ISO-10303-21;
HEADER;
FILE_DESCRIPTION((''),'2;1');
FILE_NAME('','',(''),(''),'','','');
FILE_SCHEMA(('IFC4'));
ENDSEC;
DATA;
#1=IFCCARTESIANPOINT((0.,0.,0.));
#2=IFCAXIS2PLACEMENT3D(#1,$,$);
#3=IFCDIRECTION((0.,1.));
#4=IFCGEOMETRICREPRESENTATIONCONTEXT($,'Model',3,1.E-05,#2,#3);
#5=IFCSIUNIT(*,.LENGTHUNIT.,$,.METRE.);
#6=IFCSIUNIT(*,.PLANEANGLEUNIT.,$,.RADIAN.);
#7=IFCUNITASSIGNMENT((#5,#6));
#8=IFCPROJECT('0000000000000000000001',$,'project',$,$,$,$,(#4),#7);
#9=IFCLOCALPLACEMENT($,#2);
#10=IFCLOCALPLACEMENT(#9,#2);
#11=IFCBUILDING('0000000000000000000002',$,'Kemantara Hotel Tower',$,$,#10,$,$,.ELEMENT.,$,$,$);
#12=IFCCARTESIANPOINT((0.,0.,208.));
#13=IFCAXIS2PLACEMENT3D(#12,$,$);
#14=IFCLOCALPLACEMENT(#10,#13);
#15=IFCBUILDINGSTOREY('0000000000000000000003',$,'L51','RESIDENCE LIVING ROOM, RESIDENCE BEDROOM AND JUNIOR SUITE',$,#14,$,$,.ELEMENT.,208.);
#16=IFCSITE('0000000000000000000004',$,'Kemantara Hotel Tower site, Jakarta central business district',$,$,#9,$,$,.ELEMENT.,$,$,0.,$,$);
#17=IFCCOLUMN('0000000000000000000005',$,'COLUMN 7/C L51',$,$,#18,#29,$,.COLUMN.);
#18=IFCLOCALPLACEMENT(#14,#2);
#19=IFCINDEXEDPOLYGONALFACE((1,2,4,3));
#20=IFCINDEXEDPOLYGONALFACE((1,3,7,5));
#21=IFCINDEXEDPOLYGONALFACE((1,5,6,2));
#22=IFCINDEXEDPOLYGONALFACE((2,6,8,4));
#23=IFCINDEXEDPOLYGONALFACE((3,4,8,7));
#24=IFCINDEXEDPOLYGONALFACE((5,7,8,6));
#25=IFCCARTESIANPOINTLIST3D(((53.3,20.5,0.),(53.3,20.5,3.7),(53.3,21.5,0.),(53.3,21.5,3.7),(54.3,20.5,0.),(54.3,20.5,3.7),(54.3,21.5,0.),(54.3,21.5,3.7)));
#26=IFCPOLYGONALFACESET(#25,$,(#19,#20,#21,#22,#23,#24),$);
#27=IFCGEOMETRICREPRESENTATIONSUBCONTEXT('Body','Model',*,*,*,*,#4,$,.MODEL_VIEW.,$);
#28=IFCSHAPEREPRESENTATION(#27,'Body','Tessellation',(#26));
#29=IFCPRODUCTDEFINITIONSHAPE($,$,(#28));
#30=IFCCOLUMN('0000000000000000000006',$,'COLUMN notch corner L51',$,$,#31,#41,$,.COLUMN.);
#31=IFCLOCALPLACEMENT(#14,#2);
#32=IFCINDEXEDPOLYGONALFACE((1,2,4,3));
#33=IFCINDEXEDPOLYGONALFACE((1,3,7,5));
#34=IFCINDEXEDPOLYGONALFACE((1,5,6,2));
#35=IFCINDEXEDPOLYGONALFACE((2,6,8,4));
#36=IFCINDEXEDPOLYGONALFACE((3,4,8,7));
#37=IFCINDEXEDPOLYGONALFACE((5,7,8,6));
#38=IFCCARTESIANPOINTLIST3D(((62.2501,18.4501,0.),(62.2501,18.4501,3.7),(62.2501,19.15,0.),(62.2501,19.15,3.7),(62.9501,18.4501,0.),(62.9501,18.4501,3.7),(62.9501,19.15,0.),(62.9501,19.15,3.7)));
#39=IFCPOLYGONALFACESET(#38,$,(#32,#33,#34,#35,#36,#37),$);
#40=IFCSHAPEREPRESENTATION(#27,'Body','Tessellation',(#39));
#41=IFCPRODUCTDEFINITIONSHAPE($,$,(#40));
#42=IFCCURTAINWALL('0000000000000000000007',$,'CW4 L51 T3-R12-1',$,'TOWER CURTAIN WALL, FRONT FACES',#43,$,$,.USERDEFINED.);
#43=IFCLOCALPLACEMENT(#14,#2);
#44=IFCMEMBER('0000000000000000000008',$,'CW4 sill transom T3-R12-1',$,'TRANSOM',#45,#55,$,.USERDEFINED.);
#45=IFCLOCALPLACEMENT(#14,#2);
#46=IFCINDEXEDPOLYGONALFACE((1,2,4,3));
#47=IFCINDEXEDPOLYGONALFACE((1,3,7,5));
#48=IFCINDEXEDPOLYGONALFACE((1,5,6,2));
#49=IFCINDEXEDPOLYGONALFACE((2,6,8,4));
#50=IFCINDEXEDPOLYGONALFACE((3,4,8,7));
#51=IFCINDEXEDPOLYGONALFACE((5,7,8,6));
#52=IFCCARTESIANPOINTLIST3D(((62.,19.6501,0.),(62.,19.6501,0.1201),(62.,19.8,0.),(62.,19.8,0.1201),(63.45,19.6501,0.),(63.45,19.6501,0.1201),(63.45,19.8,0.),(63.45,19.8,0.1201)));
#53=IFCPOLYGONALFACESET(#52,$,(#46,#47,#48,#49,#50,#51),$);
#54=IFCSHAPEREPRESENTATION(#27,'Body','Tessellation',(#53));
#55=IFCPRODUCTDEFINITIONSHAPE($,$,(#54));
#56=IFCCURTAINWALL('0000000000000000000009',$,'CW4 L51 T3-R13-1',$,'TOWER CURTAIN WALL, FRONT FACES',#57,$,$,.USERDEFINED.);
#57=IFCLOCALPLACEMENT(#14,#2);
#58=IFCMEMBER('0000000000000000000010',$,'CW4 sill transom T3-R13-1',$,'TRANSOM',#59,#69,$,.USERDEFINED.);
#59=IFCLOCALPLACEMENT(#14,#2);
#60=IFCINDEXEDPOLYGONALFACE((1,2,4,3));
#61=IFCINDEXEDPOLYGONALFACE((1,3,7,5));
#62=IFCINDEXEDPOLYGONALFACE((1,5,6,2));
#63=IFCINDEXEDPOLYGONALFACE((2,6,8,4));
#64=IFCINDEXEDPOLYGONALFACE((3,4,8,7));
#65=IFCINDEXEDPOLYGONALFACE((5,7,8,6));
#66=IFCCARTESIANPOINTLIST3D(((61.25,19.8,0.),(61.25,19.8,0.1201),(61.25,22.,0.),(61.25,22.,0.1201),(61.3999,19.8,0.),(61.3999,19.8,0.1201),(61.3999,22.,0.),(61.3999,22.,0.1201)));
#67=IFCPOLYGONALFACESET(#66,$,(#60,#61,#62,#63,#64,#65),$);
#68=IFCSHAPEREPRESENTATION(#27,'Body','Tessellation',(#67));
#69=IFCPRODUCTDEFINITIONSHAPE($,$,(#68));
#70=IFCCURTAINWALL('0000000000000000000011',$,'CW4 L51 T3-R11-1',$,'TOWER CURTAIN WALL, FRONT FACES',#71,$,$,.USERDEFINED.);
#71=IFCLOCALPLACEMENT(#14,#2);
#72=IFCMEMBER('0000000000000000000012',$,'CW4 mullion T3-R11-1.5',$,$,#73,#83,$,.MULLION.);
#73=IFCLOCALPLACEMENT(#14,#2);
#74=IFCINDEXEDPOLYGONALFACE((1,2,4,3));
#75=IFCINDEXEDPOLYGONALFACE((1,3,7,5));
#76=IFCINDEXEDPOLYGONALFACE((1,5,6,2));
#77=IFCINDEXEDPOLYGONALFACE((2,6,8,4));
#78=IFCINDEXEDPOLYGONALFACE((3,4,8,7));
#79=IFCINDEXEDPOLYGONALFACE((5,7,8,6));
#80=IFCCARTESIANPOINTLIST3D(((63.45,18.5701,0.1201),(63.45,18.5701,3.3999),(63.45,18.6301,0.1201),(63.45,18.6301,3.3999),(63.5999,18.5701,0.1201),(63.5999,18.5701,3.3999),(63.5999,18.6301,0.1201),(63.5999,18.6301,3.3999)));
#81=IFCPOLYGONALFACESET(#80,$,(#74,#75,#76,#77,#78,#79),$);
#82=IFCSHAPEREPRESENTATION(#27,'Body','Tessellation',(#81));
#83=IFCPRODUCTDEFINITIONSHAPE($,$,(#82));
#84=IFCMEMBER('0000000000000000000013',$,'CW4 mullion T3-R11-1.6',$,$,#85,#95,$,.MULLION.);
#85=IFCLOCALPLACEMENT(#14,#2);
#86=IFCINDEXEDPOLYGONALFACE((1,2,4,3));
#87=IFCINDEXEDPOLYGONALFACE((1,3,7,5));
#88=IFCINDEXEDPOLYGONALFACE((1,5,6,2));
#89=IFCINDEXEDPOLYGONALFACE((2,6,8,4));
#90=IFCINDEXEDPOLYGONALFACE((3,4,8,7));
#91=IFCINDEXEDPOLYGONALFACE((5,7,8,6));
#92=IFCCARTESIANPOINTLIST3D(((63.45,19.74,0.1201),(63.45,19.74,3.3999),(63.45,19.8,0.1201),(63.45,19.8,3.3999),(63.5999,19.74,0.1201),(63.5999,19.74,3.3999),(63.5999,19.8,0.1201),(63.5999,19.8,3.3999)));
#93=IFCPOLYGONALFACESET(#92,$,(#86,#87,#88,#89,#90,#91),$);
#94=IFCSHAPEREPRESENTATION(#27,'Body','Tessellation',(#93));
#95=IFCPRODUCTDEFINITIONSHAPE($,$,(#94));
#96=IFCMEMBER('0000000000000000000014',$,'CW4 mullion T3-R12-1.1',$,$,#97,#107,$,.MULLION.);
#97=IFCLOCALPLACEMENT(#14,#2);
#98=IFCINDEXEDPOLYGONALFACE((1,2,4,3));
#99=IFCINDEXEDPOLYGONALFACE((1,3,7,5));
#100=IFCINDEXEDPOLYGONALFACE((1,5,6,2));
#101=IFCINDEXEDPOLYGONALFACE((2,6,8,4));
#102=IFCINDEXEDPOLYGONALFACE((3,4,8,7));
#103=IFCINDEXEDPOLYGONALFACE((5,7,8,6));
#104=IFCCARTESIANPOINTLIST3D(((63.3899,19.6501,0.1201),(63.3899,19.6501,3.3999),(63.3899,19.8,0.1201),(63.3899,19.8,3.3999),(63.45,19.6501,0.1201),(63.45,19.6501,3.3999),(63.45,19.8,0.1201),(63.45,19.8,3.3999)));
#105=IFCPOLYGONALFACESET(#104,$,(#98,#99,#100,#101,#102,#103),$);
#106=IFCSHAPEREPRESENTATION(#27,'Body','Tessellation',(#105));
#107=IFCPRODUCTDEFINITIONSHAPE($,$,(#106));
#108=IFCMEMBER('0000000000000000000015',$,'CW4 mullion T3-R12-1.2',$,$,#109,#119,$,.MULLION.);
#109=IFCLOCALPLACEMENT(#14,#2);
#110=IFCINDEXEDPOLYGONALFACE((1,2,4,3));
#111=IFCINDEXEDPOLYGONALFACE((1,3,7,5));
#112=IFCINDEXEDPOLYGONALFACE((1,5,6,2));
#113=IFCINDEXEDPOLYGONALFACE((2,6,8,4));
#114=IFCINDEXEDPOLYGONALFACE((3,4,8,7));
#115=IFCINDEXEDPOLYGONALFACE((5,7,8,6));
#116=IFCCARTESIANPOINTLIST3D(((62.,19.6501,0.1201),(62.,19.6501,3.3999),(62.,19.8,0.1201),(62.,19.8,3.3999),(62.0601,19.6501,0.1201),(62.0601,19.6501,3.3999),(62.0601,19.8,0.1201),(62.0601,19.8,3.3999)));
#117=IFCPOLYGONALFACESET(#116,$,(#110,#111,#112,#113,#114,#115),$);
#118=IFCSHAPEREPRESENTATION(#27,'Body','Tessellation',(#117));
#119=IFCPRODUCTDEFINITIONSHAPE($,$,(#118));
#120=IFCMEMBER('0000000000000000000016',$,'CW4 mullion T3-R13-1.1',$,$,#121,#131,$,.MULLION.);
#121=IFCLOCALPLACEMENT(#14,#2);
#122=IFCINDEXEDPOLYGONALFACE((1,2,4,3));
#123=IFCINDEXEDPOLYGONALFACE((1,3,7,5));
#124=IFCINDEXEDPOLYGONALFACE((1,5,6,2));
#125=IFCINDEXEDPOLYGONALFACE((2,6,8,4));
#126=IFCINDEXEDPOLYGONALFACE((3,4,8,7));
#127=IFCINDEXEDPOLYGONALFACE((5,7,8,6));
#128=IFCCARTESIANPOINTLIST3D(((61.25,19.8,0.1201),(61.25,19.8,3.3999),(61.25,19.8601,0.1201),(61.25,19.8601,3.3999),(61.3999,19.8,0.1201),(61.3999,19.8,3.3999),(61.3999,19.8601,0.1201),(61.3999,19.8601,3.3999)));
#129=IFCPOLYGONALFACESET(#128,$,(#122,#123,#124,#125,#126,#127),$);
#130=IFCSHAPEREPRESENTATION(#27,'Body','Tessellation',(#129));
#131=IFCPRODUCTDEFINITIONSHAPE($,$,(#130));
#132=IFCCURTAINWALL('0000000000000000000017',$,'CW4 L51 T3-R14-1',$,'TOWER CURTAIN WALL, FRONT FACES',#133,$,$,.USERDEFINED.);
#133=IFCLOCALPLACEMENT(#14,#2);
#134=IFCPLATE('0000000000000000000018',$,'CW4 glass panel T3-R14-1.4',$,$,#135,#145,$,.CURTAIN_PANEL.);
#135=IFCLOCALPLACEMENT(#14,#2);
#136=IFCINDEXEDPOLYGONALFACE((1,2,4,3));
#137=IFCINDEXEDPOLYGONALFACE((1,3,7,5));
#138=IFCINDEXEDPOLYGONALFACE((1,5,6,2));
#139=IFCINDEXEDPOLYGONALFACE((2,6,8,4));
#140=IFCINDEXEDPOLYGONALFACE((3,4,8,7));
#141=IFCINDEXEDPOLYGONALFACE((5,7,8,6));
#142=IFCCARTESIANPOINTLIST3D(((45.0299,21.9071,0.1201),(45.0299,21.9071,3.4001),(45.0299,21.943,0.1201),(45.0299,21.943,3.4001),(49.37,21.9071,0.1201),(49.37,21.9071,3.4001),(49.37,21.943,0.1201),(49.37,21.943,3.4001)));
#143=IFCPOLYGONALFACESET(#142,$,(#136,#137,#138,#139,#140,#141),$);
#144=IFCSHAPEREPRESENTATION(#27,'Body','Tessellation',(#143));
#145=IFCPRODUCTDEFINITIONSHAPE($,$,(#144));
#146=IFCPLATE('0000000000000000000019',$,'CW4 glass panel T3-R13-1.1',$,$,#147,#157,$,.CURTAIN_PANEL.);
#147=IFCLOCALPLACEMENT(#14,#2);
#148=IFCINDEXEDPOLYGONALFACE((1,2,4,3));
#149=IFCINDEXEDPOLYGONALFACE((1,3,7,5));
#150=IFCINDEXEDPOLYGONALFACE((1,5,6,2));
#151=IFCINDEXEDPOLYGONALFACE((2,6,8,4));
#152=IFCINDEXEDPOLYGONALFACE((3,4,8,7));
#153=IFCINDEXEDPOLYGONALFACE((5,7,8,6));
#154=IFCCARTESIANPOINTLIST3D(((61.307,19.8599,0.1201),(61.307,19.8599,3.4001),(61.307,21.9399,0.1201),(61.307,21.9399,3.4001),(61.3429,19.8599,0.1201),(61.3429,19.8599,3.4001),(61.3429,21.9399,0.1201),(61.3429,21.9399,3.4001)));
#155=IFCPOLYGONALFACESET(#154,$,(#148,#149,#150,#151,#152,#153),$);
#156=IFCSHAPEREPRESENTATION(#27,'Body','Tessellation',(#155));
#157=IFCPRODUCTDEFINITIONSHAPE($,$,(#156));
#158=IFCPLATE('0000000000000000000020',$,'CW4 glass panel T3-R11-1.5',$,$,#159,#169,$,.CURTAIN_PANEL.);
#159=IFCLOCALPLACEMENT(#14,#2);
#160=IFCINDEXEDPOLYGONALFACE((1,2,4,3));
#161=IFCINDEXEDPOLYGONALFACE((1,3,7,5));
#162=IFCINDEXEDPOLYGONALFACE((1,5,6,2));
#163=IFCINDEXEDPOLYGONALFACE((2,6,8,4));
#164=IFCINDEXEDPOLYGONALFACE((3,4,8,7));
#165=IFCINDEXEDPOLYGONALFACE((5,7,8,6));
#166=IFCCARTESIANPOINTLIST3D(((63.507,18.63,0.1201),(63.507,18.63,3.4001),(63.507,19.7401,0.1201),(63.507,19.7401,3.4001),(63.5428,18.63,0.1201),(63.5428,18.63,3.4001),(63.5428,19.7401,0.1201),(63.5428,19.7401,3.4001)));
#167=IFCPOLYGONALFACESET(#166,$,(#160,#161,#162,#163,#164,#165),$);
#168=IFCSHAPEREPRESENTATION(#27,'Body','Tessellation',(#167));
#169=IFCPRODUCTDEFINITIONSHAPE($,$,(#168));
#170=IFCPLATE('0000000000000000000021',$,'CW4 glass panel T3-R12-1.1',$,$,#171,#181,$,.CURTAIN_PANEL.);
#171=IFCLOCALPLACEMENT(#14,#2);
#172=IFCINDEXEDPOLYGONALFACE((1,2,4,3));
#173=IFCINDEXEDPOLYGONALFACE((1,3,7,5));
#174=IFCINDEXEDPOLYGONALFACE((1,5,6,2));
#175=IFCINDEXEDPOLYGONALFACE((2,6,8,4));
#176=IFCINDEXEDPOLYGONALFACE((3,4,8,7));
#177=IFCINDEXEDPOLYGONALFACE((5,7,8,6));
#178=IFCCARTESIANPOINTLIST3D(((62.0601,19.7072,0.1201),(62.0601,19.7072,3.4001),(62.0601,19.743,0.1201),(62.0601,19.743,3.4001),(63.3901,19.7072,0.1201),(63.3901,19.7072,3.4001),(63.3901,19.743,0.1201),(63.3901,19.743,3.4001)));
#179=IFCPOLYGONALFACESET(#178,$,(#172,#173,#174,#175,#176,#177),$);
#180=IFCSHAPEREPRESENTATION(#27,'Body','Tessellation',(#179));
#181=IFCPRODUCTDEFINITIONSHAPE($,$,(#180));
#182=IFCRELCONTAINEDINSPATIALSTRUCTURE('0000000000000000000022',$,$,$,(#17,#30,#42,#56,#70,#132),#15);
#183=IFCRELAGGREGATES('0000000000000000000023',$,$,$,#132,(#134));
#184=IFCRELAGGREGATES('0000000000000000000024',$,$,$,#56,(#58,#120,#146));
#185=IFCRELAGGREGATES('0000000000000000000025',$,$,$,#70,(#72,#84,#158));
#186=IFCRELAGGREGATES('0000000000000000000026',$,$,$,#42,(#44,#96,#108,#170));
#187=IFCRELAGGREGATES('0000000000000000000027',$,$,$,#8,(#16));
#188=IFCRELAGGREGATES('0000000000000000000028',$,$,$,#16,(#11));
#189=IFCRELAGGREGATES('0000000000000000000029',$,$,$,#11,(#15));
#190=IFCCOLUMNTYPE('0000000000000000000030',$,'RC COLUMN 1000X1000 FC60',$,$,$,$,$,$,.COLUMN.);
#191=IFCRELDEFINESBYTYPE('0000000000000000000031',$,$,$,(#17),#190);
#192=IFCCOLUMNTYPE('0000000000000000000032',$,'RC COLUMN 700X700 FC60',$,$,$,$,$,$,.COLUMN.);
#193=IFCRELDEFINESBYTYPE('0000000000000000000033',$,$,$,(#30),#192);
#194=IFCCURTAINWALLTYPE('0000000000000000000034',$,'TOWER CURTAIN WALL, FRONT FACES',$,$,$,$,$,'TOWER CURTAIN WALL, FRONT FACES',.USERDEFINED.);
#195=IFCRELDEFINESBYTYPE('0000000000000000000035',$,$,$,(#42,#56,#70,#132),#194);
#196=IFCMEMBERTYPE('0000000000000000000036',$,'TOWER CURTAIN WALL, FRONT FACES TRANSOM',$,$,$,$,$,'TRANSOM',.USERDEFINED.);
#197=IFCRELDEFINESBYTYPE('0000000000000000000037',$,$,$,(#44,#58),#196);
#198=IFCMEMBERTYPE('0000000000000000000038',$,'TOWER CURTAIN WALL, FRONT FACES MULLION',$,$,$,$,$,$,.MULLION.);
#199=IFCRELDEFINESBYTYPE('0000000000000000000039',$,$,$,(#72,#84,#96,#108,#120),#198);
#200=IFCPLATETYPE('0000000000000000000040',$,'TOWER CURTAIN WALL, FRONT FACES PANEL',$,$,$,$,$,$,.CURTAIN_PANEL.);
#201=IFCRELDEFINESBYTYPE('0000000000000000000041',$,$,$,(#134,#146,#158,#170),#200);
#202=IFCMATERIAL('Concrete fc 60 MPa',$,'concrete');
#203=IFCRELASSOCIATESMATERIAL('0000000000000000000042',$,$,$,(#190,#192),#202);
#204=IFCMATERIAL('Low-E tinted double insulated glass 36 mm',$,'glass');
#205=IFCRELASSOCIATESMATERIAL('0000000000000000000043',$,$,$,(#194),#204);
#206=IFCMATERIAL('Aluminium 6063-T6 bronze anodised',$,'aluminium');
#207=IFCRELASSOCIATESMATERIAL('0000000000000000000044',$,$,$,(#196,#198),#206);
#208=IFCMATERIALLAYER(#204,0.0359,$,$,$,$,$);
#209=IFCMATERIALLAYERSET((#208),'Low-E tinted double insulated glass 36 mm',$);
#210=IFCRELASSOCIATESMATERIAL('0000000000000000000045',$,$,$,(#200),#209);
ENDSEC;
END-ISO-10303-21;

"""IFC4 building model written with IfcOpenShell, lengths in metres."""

from ifc_helpers import new_model, si_unit, direction, frame, origin, origin_2d, place, context, subcontext, project, spatial, rectangle, extrude, source, transform, mapped, material, layer, layer_set, material_profile, profile_set, type_object, element, aggregate, save


model = new_model("IFC4")

# Units and contexts
model_context = context("Model", 3, precision=1e-05, world=origin(), true_north=direction((0.0, 1.0)))
body_context = subcontext(model_context, "Body", "Model", "MODEL_VIEW")
ifc_project = project(units=[si_unit("LENGTHUNIT", "METRE"), si_unit("PLANEANGLEUNIT", "RADIAN")], contexts=[model_context])

# Site, building, storey
site_placement = place(None, origin())
site = spatial("IfcSite", under=ifc_project, at=site_placement, Name="Kemantara Hotel Tower site, Jakarta central business district", CompositionType="ELEMENT", RefElevation=0.0)
building_placement = place(site_placement, origin())
building = spatial("IfcBuilding", under=site, at=building_placement, Name="Kemantara Hotel Tower", CompositionType="ELEMENT")
storey_placement = place(building_placement, frame((0.0, 0.0, 208.0)))
storey = spatial("IfcBuildingStorey", under=building, at=storey_placement, Name="L51", Description="RESIDENCE LIVING ROOM, RESIDENCE BEDROOM AND JUNIOR SUITE", CompositionType="ELEMENT", Elevation=208.0)

# Columns
ifc_material_1 = material(Name="Concrete fc 60 MPa", Category="concrete")
ifc_material_profile_1 = material_profile(ifc_material_1, rectangle(XDim=1.0, YDim=1.0, at=origin_2d()), Name="RC 1000X1000")
ifc_profile_set_1 = profile_set([ifc_material_profile_1], Name="Concrete fc 60 MPa")
column_type_1 = type_object("IfcColumnType", Name="RC COLUMN 1000X1000 FC60", PredefinedType="COLUMN", material=ifc_profile_set_1)
column_1_placement = place(storey_placement, frame((53.8, 21.0, 0.0), z_axis=(0.0, 0.0, 1.0), x_axis=(1.0, 0.0, 0.0)))
element("IfcColumn", 1, at=column_1_placement, inside=storey, type_object=column_type_1, Name="COLUMN 7/C L51", PredefinedType="COLUMN", context=body_context, shape_type="SweptSolid", body=[
    extrude(rectangle(XDim=1.0, YDim=1.0, at=origin_2d()), origin(), (0.0, 0.0, 1.0), 3.7),
])
ifc_material_profile_2 = material_profile(ifc_material_1, rectangle(XDim=0.7, YDim=0.7, at=origin_2d()), Name="RC 700X700")
ifc_profile_set_2 = profile_set([ifc_material_profile_2], Name="Concrete fc 60 MPa")
column_type_2 = type_object("IfcColumnType", Name="RC COLUMN 700X700 FC60", PredefinedType="COLUMN", material=ifc_profile_set_2)
column_2_placement = place(storey_placement, frame((62.6001, 18.8, 0.0), z_axis=(0.0, 0.0, 1.0), x_axis=(1.0, 0.0, 0.0)))
element("IfcColumn", 2, at=column_2_placement, inside=storey, type_object=column_type_2, Name="COLUMN notch corner L51", PredefinedType="COLUMN", context=body_context, shape_type="SweptSolid", body=[
    extrude(rectangle(XDim=0.7, YDim=0.7, at=origin_2d()), origin(), (0.0, 0.0, 1.0), 3.7),
])

# Curtain walls, members
ifc_material_2 = material(Name="Low-E tinted double insulated glass 36 mm", Category="glass")
curtain_wall_type = type_object("IfcCurtainWallType", Name="TOWER CURTAIN WALL, FRONT FACES", ElementType="TOWER CURTAIN WALL, FRONT FACES", PredefinedType="USERDEFINED", material=ifc_material_2)
curtain_wall_1_placement = place(storey_placement, origin())
curtain_wall_1 = element("IfcCurtainWall", 3, at=curtain_wall_1_placement, inside=storey, type_object=curtain_wall_type, Name="CW4 L51 T3-R12-1", ObjectType="TOWER CURTAIN WALL, FRONT FACES", PredefinedType="USERDEFINED")
ifc_material_3 = material(Name="Aluminium 6063-T6 bronze anodised", Category="aluminium")
ifc_material_profile_3 = material_profile(ifc_material_3, rectangle(XDim=0.1499, YDim=0.1201, at=origin_2d()), Name="TOWER CURTAIN WALL, FRONT FACES TRANSOM")
ifc_profile_set_3 = profile_set([ifc_material_profile_3], Name="Aluminium 6063-T6 bronze anodised")
member_type_1 = type_object("IfcMemberType", Name="TOWER CURTAIN WALL, FRONT FACES TRANSOM", ElementType="TRANSOM", PredefinedType="USERDEFINED", material=ifc_profile_set_3)
member_1_placement = place(storey_placement, frame((63.45, 19.7251, 0.0601), z_axis=(-1.0, 0.0, 0.0), x_axis=(0.0, -1.0, 0.0)))
member_1 = element("IfcMember", 4, at=member_1_placement, type_object=member_type_1, Name="CW4 sill transom T3-R12-1", ObjectType="TRANSOM", PredefinedType="USERDEFINED", context=body_context, shape_type="SweptSolid", body=[
    extrude(rectangle(XDim=0.1499, YDim=0.1201, at=origin_2d()), origin(), (0.0, 0.0, 1.0), 1.45),
])
curtain_wall_2_placement = place(storey_placement, origin())
curtain_wall_2 = element("IfcCurtainWall", 5, at=curtain_wall_2_placement, inside=storey, type_object=curtain_wall_type, Name="CW4 L51 T3-R13-1", ObjectType="TOWER CURTAIN WALL, FRONT FACES", PredefinedType="USERDEFINED")
member_2_placement = place(storey_placement, frame((61.325, 19.8, 0.0601), z_axis=(0.0, 1.0, 0.0), x_axis=(-1.0, 0.0, 0.0)))
member_2 = element("IfcMember", 6, at=member_2_placement, type_object=member_type_1, Name="CW4 sill transom T3-R13-1", ObjectType="TRANSOM", PredefinedType="USERDEFINED", context=body_context, shape_type="SweptSolid", body=[
    extrude(rectangle(XDim=0.1499, YDim=0.1201, at=origin_2d()), origin(), (0.0, 0.0, 1.0), 2.2),
])

# Curtain wall, members
curtain_wall_3_placement = place(storey_placement, origin())
curtain_wall_3 = element("IfcCurtainWall", 7, at=curtain_wall_3_placement, inside=storey, type_object=curtain_wall_type, Name="CW4 L51 T3-R11-1", ObjectType="TOWER CURTAIN WALL, FRONT FACES", PredefinedType="USERDEFINED")
ifc_material_profile_4 = material_profile(ifc_material_3, rectangle(XDim=0.1499, YDim=0.0601, at=origin_2d()), Name="TOWER CURTAIN WALL, FRONT FACES MULLION")
ifc_profile_set_4 = profile_set([ifc_material_profile_4], Name="Aluminium 6063-T6 bronze anodised")
member_type_2 = type_object("IfcMemberType", Name="TOWER CURTAIN WALL, FRONT FACES MULLION", PredefinedType="MULLION", material=ifc_profile_set_4)
shared_shape_1 = source(origin(), body_context, "Body", "SweptSolid", [
    extrude(rectangle(XDim=0.1499, YDim=0.0601, at=origin_2d()), origin(), (0.0, 0.0, 1.0), 3.2798),
])
member_3_placement = place(storey_placement, frame((63.5249, 18.6001, 0.1201), z_axis=(0.0, 0.0, 1.0), x_axis=(-1.0, 0.0, 0.0)))
member_3 = element("IfcMember", 8, at=member_3_placement, type_object=member_type_2, Name="CW4 mullion T3-R11-1.5", PredefinedType="MULLION", context=body_context, shape_type="MappedRepresentation", body=[
    mapped(shared_shape_1, transform((0.0, 0.0, 0.0))),
])
member_4_placement = place(storey_placement, frame((63.5249, 19.77, 0.1201), z_axis=(0.0, 0.0, 1.0), x_axis=(-1.0, 0.0, 0.0)))
member_4 = element("IfcMember", 9, at=member_4_placement, type_object=member_type_2, Name="CW4 mullion T3-R11-1.6", PredefinedType="MULLION", context=body_context, shape_type="MappedRepresentation", body=[
    mapped(shared_shape_1, transform((0.0, 0.0, 0.0))),
])

# Members
member_5_placement = place(storey_placement, frame((63.4199, 19.7251, 0.1201), z_axis=(0.0, 0.0, 1.0), x_axis=(0.0, -1.0, 0.0)))
member_5 = element("IfcMember", 10, at=member_5_placement, type_object=member_type_2, Name="CW4 mullion T3-R12-1.1", PredefinedType="MULLION", context=body_context, shape_type="MappedRepresentation", body=[
    mapped(shared_shape_1, transform((0.0, 0.0, 0.0))),
])
member_6_placement = place(storey_placement, frame((62.03, 19.7251, 0.1201), z_axis=(0.0, 0.0, 1.0), x_axis=(0.0, -1.0, 0.0)))
member_6 = element("IfcMember", 11, at=member_6_placement, type_object=member_type_2, Name="CW4 mullion T3-R12-1.2", PredefinedType="MULLION", context=body_context, shape_type="MappedRepresentation", body=[
    mapped(shared_shape_1, transform((0.0, 0.0, 0.0))),
])
member_7_placement = place(storey_placement, frame((61.325, 19.8301, 0.1201), z_axis=(0.0, 0.0, 1.0), x_axis=(-1.0, 0.0, 0.0)))
member_7 = element("IfcMember", 12, at=member_7_placement, type_object=member_type_2, Name="CW4 mullion T3-R13-1.1", PredefinedType="MULLION", context=body_context, shape_type="MappedRepresentation", body=[
    mapped(shared_shape_1, transform((0.0, 0.0, 0.0))),
])

# Curtain wall, plate
curtain_wall_4_placement = place(storey_placement, origin())
curtain_wall_4 = element("IfcCurtainWall", 13, at=curtain_wall_4_placement, inside=storey, type_object=curtain_wall_type, Name="CW4 L51 T3-R14-1", ObjectType="TOWER CURTAIN WALL, FRONT FACES", PredefinedType="USERDEFINED")
ifc_layer_1 = layer(ifc_material_2, 0.0359)
ifc_layer_set_1 = layer_set([ifc_layer_1], Name="Low-E tinted double insulated glass 36 mm")
plate_type = type_object("IfcPlateType", Name="TOWER CURTAIN WALL, FRONT FACES PANEL", PredefinedType="CURTAIN_PANEL", material=ifc_layer_set_1)
shared_shape_2 = source(origin(), body_context, "Body", "SweptSolid", [
    extrude(rectangle(XDim=4.3401, YDim=0.0359, at=origin_2d()), origin(), (0.0, 0.0, 1.0), 3.28),
])
plate_1_placement = place(storey_placement, frame((47.2, 21.925, 0.1201), z_axis=(0.0, 0.0, 1.0), x_axis=(-1.0, 0.0, 0.0)))
plate_1 = element("IfcPlate", 14, at=plate_1_placement, type_object=plate_type, Name="CW4 glass panel T3-R14-1.4", PredefinedType="CURTAIN_PANEL", context=body_context, shape_type="MappedRepresentation", body=[
    mapped(shared_shape_2, transform((0.0, 0.0, 0.0))),
])
aggregate(curtain_wall_4, [plate_1])

# Plates
shared_shape_3 = source(origin(), body_context, "Body", "SweptSolid", [
    extrude(rectangle(XDim=2.0801, YDim=0.0359, at=origin_2d()), origin(), (0.0, 0.0, 1.0), 3.28),
])
plate_2_placement = place(storey_placement, frame((61.325, 20.8999, 0.1201), z_axis=(0.0, 0.0, 1.0), x_axis=(0.0, 1.0, 0.0)))
plate_2 = element("IfcPlate", 15, at=plate_2_placement, type_object=plate_type, Name="CW4 glass panel T3-R13-1.1", PredefinedType="CURTAIN_PANEL", context=body_context, shape_type="MappedRepresentation", body=[
    mapped(shared_shape_3, transform((0.0, 0.0, 0.0))),
])
aggregate(curtain_wall_2, [member_2, member_7, plate_2])
shared_shape_4 = source(origin(), body_context, "Body", "SweptSolid", [
    extrude(rectangle(XDim=1.1101, YDim=0.0359, at=origin_2d()), origin(), (0.0, 0.0, 1.0), 3.28),
])
plate_3_placement = place(storey_placement, frame((63.5249, 19.1851, 0.1201), z_axis=(0.0, 0.0, 1.0), x_axis=(0.0, 1.0, 0.0)))
plate_3 = element("IfcPlate", 16, at=plate_3_placement, type_object=plate_type, Name="CW4 glass panel T3-R11-1.5", PredefinedType="CURTAIN_PANEL", context=body_context, shape_type="MappedRepresentation", body=[
    mapped(shared_shape_4, transform((0.0, 0.0, 0.0))),
])
aggregate(curtain_wall_3, [member_3, member_4, plate_3])
shared_shape_5 = source(origin(), body_context, "Body", "SweptSolid", [
    extrude(rectangle(XDim=1.3301, YDim=0.0359, at=origin_2d()), origin(), (0.0, 0.0, 1.0), 3.28),
])
plate_4_placement = place(storey_placement, frame((62.7251, 19.7251, 0.1201), z_axis=(0.0, 0.0, 1.0), x_axis=(-1.0, 0.0, 0.0)))
plate_4 = element("IfcPlate", 17, at=plate_4_placement, type_object=plate_type, Name="CW4 glass panel T3-R12-1.1", PredefinedType="CURTAIN_PANEL", context=body_context, shape_type="MappedRepresentation", body=[
    mapped(shared_shape_5, transform((0.0, 0.0, 0.0))),
])
aggregate(curtain_wall_1, [member_1, member_5, member_6, plate_4])

save(model, "model.ifc")
